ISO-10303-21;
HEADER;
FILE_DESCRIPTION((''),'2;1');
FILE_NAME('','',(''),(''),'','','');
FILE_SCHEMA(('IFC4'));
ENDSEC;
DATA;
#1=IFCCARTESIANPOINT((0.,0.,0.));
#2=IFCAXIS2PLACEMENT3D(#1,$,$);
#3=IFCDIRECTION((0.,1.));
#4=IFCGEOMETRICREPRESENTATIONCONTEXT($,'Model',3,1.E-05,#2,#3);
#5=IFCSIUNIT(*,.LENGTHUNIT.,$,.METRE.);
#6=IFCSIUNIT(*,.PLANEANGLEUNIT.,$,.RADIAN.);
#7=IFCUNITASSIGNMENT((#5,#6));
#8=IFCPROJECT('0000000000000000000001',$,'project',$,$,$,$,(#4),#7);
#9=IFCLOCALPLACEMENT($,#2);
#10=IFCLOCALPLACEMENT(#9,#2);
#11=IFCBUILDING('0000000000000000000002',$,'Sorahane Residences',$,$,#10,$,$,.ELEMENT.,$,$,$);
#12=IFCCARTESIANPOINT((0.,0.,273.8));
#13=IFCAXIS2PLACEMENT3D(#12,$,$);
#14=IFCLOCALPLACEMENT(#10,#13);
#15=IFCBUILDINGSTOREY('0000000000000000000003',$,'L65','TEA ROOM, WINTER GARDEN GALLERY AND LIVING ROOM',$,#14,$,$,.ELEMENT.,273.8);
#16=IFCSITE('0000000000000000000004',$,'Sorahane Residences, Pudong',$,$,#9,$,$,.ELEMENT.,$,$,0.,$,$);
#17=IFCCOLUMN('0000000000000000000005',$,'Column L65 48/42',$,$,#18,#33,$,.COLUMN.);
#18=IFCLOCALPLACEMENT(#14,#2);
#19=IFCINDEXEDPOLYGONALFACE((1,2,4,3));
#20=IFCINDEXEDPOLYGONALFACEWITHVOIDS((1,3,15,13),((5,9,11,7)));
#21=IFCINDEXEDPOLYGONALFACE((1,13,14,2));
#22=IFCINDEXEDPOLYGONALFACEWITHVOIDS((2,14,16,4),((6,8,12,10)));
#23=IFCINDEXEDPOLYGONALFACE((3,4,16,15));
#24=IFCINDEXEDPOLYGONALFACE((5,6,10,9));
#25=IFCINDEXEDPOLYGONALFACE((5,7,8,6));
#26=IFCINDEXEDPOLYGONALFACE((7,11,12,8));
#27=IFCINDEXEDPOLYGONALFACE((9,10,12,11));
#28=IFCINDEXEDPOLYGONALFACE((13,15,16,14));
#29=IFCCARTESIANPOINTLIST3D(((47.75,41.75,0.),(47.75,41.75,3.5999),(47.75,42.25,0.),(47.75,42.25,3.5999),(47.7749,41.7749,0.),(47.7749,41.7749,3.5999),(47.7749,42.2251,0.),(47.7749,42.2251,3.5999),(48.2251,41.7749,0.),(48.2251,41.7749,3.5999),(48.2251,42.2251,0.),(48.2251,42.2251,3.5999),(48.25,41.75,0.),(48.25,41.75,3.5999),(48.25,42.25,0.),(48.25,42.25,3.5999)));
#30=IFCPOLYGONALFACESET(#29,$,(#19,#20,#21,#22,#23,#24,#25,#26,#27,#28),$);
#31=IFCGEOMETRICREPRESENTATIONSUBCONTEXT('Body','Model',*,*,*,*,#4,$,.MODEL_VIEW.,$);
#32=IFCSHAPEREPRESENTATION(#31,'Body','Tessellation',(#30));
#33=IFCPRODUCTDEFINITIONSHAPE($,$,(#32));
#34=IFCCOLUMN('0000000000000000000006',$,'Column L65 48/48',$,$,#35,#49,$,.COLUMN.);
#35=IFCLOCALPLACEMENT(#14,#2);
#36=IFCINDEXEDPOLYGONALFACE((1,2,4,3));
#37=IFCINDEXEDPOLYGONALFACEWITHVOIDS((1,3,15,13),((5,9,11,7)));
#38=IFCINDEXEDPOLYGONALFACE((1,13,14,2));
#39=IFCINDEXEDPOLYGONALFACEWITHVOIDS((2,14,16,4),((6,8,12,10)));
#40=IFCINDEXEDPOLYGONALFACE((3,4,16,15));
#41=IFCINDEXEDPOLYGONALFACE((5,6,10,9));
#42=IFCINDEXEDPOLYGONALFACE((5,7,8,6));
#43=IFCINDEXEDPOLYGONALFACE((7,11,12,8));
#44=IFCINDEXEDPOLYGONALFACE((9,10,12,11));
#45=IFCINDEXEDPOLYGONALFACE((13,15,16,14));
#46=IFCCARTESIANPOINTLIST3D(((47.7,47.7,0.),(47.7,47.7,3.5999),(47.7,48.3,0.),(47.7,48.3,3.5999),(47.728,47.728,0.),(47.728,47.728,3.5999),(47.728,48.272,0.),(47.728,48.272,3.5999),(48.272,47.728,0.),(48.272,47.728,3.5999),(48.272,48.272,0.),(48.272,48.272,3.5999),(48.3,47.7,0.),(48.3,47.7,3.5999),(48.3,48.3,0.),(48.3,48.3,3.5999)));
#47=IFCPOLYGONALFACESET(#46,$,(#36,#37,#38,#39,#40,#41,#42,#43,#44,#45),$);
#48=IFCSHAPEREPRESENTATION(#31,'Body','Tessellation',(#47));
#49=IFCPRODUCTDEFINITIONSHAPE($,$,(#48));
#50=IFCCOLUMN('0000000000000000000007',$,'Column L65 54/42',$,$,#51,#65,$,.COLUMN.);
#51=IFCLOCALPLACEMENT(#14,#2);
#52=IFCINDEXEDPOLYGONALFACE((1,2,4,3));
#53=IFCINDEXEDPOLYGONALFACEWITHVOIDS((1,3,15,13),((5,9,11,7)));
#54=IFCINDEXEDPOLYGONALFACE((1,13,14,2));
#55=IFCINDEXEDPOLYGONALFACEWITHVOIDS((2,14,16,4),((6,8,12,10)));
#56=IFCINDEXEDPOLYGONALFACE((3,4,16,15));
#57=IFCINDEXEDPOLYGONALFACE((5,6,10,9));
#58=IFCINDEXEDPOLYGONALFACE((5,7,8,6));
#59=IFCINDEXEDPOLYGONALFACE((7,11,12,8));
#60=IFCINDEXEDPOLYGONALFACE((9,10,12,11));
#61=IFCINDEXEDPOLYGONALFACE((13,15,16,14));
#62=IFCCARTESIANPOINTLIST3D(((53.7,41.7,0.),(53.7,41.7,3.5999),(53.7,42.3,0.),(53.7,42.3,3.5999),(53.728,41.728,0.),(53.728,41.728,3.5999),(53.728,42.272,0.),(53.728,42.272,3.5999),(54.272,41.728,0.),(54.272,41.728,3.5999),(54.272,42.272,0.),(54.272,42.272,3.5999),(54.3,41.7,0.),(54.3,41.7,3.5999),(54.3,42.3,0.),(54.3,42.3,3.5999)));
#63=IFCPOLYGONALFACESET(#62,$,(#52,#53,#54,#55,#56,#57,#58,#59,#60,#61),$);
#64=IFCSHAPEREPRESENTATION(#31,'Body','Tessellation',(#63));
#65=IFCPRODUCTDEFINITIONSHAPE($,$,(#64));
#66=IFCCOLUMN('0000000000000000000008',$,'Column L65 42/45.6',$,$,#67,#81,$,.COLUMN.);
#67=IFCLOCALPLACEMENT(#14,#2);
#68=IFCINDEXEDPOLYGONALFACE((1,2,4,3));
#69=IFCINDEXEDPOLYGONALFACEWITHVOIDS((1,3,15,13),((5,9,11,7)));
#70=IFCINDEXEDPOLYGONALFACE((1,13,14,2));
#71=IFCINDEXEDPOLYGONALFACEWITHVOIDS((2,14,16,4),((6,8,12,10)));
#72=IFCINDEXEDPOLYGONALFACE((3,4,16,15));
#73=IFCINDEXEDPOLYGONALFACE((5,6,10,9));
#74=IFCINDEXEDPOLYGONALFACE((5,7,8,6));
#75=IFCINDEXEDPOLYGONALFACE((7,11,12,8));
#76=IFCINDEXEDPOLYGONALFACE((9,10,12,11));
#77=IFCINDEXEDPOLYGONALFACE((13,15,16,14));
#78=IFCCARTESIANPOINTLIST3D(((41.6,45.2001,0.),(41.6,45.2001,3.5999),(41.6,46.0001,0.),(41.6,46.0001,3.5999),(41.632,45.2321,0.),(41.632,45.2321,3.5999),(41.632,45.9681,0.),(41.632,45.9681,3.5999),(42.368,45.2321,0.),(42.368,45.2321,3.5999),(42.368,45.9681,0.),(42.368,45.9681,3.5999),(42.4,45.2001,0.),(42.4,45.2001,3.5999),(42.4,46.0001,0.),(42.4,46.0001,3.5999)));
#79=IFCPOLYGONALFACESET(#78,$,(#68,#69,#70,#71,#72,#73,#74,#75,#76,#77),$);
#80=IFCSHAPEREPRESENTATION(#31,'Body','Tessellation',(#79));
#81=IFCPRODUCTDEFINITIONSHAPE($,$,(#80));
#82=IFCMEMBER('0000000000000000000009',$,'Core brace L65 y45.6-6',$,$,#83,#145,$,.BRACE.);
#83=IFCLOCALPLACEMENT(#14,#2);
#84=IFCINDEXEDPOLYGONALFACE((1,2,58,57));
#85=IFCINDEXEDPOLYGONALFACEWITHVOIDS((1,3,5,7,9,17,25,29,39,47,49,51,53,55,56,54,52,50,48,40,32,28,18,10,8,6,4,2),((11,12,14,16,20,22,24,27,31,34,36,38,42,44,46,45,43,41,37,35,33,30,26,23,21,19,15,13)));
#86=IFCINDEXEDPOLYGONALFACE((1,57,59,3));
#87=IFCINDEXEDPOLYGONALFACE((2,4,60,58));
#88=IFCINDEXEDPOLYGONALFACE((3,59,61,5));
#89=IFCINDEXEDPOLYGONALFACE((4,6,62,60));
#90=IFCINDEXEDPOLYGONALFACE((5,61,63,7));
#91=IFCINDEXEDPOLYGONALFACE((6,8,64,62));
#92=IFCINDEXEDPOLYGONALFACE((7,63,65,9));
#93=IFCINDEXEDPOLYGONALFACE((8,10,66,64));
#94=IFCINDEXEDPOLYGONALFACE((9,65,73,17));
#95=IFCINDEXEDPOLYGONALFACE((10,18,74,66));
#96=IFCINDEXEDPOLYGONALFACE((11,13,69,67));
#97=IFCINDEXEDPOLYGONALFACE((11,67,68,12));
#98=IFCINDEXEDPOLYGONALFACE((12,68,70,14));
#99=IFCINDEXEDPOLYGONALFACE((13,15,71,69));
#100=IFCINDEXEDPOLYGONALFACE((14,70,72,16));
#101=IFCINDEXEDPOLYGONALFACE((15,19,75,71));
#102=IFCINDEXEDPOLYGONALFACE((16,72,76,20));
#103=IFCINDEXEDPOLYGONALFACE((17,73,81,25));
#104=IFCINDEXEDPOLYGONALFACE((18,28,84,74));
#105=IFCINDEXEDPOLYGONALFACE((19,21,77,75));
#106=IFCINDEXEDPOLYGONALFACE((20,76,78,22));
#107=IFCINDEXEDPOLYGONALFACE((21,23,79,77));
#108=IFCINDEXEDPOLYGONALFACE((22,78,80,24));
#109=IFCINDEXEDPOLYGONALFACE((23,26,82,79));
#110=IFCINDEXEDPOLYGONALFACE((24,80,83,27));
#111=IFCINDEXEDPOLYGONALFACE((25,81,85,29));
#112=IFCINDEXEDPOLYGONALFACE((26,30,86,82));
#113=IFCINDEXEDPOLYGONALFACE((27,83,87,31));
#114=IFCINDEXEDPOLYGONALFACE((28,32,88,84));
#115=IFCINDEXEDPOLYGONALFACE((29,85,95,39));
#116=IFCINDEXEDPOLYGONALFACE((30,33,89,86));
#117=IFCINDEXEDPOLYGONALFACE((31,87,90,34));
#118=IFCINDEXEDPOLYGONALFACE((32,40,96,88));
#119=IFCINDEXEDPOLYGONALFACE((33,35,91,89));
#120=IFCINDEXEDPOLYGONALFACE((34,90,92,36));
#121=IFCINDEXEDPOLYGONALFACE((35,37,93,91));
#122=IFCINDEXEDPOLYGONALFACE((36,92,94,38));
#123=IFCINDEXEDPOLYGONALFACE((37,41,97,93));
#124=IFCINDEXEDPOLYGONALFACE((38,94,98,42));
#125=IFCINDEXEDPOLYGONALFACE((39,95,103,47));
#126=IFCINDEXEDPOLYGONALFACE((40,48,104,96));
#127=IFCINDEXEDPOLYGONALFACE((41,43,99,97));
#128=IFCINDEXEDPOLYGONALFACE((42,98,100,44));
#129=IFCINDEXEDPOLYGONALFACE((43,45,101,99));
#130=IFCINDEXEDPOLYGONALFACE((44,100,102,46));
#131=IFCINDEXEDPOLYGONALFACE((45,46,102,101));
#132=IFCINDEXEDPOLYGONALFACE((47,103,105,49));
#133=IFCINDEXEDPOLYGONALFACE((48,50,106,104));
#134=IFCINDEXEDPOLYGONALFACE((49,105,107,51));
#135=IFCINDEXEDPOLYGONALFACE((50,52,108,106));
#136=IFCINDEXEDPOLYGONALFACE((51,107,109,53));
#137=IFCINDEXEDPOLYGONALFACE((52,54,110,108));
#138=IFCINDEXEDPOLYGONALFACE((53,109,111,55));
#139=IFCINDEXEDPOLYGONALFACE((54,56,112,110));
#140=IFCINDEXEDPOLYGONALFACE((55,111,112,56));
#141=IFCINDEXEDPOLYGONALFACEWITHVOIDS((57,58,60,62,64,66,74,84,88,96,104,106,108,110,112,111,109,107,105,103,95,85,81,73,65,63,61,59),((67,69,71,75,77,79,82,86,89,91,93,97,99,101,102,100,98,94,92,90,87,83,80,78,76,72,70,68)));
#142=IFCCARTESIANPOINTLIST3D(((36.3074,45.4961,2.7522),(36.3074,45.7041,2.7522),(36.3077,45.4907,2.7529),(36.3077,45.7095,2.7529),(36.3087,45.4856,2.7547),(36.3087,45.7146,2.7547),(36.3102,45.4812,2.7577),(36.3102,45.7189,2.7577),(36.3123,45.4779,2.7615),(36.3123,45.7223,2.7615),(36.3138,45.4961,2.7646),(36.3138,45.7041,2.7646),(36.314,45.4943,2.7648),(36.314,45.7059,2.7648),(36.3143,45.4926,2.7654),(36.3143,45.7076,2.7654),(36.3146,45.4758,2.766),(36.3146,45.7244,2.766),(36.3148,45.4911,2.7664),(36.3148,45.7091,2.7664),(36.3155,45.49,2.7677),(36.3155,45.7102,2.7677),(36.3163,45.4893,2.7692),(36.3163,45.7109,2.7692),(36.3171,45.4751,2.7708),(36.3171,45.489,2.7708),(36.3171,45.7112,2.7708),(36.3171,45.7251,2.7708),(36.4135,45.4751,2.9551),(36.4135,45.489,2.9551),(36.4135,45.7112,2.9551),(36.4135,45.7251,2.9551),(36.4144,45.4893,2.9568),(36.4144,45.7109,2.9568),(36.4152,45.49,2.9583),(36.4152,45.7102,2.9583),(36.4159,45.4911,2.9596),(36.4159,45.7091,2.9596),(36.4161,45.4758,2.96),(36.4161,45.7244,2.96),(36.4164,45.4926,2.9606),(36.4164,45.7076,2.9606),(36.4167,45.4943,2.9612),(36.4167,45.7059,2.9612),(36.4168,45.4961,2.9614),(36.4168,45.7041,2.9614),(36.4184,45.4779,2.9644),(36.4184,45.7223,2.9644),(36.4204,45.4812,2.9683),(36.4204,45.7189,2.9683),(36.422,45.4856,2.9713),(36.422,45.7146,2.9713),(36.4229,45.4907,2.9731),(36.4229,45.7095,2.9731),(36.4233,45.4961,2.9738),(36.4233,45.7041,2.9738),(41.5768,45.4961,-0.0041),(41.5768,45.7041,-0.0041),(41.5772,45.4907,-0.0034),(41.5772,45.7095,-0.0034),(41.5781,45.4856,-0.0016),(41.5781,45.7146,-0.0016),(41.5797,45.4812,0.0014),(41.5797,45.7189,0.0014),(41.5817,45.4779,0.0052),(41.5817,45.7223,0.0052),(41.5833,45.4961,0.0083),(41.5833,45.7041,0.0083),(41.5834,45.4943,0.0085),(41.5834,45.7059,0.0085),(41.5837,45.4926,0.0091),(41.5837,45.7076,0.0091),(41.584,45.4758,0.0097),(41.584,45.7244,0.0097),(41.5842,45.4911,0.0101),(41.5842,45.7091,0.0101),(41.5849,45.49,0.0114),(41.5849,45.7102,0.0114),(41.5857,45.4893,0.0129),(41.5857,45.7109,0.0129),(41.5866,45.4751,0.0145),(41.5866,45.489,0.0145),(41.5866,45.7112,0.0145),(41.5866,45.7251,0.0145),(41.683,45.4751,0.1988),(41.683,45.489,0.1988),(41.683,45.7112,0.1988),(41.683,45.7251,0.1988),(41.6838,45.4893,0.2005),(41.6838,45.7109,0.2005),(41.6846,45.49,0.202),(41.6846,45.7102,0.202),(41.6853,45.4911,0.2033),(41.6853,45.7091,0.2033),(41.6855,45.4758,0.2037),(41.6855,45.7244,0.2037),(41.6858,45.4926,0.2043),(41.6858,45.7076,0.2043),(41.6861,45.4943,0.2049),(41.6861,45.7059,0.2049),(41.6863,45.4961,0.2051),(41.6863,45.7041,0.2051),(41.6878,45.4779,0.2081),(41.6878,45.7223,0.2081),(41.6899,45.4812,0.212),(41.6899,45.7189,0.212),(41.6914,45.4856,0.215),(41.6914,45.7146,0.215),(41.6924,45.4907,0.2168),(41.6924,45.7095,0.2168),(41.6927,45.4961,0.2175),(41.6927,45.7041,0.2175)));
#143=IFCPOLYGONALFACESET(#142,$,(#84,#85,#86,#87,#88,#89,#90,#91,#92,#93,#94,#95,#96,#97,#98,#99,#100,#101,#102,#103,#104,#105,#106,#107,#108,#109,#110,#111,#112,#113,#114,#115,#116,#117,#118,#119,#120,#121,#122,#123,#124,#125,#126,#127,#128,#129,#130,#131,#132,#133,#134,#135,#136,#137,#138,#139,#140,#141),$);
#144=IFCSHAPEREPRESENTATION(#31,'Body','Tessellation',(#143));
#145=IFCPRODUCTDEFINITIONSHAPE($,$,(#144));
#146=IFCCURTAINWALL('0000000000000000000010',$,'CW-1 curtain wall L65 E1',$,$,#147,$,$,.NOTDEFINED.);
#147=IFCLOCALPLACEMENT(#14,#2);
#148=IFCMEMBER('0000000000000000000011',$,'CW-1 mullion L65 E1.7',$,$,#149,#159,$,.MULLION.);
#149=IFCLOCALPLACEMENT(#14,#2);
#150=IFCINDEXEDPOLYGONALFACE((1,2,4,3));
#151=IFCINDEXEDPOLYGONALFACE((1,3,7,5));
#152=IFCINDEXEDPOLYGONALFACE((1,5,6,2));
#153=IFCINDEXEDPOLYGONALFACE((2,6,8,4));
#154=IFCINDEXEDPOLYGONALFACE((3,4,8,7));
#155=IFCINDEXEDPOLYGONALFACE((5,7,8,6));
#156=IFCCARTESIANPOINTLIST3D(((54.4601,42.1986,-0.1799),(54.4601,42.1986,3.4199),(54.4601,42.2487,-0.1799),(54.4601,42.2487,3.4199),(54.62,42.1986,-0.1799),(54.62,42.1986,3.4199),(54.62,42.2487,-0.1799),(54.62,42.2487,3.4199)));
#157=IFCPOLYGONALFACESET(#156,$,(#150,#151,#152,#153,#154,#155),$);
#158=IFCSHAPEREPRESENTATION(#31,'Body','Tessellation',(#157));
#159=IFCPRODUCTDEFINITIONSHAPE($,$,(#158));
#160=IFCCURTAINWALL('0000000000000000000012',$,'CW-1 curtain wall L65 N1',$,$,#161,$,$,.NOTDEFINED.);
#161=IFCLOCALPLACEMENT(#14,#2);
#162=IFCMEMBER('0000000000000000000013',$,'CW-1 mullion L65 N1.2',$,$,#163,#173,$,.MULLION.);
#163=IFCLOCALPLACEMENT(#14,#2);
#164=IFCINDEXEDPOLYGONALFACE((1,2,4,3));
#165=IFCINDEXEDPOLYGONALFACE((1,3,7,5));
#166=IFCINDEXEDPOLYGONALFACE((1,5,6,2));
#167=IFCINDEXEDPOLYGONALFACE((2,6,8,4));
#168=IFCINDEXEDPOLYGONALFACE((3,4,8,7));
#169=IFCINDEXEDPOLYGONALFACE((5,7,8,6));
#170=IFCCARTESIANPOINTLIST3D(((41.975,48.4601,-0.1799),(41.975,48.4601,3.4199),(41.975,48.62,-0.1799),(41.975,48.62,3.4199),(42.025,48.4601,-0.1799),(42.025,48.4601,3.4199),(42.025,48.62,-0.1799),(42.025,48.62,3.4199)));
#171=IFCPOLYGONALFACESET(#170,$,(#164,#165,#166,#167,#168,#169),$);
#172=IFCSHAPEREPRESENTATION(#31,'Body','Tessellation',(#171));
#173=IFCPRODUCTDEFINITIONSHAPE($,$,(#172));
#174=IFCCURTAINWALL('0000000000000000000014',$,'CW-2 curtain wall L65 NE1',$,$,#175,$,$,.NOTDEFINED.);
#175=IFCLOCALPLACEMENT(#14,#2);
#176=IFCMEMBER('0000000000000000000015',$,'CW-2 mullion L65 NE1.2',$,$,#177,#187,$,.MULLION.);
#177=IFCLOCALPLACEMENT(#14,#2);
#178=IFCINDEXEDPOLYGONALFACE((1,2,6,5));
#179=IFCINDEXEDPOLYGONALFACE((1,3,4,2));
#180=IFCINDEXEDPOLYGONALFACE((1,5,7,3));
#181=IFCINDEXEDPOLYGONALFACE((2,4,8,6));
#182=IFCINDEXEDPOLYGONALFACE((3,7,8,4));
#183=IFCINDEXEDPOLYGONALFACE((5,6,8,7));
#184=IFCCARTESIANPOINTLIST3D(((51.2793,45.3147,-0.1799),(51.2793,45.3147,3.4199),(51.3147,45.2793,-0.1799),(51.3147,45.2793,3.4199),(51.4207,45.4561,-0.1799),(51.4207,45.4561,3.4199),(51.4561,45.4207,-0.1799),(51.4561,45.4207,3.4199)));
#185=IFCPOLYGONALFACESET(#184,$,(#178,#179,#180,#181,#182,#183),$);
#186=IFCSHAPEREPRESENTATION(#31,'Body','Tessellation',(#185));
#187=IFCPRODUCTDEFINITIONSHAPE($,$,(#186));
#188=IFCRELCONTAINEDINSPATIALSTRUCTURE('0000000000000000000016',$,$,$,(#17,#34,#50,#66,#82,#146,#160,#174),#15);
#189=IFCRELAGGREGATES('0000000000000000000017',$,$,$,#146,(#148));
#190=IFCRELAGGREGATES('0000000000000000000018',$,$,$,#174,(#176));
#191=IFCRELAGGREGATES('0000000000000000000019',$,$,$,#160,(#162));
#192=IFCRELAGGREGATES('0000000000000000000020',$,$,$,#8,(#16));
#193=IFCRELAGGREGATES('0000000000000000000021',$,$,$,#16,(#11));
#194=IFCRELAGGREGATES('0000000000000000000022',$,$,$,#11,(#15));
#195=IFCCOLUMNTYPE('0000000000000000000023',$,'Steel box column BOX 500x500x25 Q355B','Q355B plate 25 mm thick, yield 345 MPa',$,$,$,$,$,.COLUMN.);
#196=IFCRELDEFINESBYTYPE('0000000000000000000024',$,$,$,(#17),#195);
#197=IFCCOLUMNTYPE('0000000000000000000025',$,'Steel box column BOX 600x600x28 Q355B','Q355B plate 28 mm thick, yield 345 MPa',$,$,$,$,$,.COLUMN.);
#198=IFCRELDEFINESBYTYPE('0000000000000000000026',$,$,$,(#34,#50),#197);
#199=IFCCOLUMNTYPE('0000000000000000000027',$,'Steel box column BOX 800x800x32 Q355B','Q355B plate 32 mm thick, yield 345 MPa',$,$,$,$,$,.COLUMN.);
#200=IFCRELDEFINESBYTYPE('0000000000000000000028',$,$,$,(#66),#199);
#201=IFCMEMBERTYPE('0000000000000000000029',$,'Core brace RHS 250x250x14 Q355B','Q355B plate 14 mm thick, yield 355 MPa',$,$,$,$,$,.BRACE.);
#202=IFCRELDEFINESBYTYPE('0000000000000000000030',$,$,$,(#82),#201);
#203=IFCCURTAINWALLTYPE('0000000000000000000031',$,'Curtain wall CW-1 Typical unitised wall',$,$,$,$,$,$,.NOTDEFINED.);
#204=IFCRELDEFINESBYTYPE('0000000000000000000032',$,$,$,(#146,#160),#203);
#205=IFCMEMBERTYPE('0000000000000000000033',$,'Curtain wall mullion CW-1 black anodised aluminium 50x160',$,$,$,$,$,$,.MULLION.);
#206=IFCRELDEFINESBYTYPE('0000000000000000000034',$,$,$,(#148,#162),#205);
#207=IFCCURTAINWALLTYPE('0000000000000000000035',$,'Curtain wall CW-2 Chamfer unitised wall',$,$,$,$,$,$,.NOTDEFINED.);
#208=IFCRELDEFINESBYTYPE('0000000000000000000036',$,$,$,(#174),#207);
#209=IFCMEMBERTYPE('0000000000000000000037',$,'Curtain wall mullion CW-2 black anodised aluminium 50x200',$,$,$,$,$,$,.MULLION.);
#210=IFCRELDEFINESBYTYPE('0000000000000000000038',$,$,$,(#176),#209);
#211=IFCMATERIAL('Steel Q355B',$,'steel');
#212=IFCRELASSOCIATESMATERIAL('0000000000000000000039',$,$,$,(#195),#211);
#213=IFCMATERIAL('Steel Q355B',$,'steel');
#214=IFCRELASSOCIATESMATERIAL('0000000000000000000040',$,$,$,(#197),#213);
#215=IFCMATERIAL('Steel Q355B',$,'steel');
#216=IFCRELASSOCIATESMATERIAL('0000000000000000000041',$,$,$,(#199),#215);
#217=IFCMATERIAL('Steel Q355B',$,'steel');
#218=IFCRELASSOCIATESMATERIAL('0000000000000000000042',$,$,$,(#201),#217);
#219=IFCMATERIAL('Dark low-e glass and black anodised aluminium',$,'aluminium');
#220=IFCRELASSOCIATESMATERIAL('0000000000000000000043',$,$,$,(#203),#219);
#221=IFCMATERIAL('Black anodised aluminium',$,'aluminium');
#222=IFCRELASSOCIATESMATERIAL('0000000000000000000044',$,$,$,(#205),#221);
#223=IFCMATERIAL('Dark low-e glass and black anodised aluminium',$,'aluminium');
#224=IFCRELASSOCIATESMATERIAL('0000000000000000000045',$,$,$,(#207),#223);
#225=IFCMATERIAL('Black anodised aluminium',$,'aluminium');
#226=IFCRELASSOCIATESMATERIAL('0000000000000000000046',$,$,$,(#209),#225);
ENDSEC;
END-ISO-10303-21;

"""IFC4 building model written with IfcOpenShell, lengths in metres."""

from ifc_helpers import new_model, si_unit, direction, frame, origin, origin_2d, place, context, subcontext, project, spatial, rectangle, hollow_rectangle, extrude, material, material_profile, profile_set, type_object, element, aggregate, save


model = new_model("IFC4")

# Units and contexts
model_context = context("Model", 3, precision=1e-05, world=origin(), true_north=direction((0.0, 1.0)))
body_context = subcontext(model_context, "Body", "Model", "MODEL_VIEW")
ifc_project = project(units=[si_unit("LENGTHUNIT", "METRE"), si_unit("PLANEANGLEUNIT", "RADIAN")], contexts=[model_context])

# Site, building, storey
site_placement = place(None, origin())
site = spatial("IfcSite", under=ifc_project, at=site_placement, Name="Sorahane Residences, Pudong", CompositionType="ELEMENT", RefElevation=0.0)
building_placement = place(site_placement, origin())
building = spatial("IfcBuilding", under=site, at=building_placement, Name="Sorahane Residences", CompositionType="ELEMENT")
storey_placement = place(building_placement, frame((0.0, 0.0, 273.8)))
storey = spatial("IfcBuildingStorey", under=building, at=storey_placement, Name="L65", Description="TEA ROOM, WINTER GARDEN GALLERY AND LIVING ROOM", CompositionType="ELEMENT", Elevation=273.8)

# Columns
ifc_material_1 = material(Name="Steel Q355B", Category="steel")
ifc_material_profile_1 = material_profile(ifc_material_1, hollow_rectangle(XDim=0.5, YDim=0.5, WallThickness=0.0249, at=origin_2d()), Name="BOX 500x500x25")
ifc_profile_set_1 = profile_set([ifc_material_profile_1], Name="Steel Q355B")
column_type_1 = type_object("IfcColumnType", Name="Steel box column BOX 500x500x25 Q355B", Description="Q355B plate 25 mm thick, yield 345 MPa", PredefinedType="COLUMN", material=ifc_profile_set_1)
column_1_placement = place(storey_placement, frame((48.0, 42.0, 0.0), z_axis=(0.0, 0.0, 1.0), x_axis=(1.0, 0.0, 0.0)))
element("IfcColumn", 1, at=column_1_placement, inside=storey, type_object=column_type_1, Name="Column L65 48/42", PredefinedType="COLUMN", context=body_context, shape_type="SweptSolid", body=[
    extrude(hollow_rectangle(XDim=0.5, YDim=0.5, WallThickness=0.0249, at=origin_2d()), origin(), (0.0, 0.0, 1.0), 3.5999),
])
ifc_material_2 = material(Name="Steel Q355B", Category="steel")
ifc_material_profile_2 = material_profile(ifc_material_2, hollow_rectangle(XDim=0.6001, YDim=0.6001, WallThickness=0.0281, at=origin_2d()), Name="BOX 600x600x28")
ifc_profile_set_2 = profile_set([ifc_material_profile_2], Name="Steel Q355B")
column_type_2 = type_object("IfcColumnType", Name="Steel box column BOX 600x600x28 Q355B", Description="Q355B plate 28 mm thick, yield 345 MPa", PredefinedType="COLUMN", material=ifc_profile_set_2)
for number, where, z_axis, x_axis, name in (
    (2, (48.0, 48.0, 0.0), (0.0, 0.0, 1.0), (1.0, 0.0, 0.0), "Column L65 48/48"),
    (3, (54.0, 42.0, 0.0), (0.0, 0.0, 1.0), (1.0, 0.0, 0.0), "Column L65 54/42"),
):
    element("IfcColumn", number, at=place(storey_placement, frame(where, z_axis=z_axis, x_axis=x_axis)), inside=storey, type_object=column_type_2, Name=name, PredefinedType="COLUMN", context=body_context, shape_type="SweptSolid", body=[
        extrude(hollow_rectangle(XDim=0.6001, YDim=0.6001, WallThickness=0.0281, at=origin_2d()), origin(), (0.0, 0.0, 1.0), 3.5999),
    ])
ifc_material_3 = material(Name="Steel Q355B", Category="steel")
ifc_material_profile_3 = material_profile(ifc_material_3, hollow_rectangle(XDim=0.8, YDim=0.8, WallThickness=0.032, at=origin_2d()), Name="BOX 800x800x32")
ifc_profile_set_3 = profile_set([ifc_material_profile_3], Name="Steel Q355B")
column_type_3 = type_object("IfcColumnType", Name="Steel box column BOX 800x800x32 Q355B", Description="Q355B plate 32 mm thick, yield 345 MPa", PredefinedType="COLUMN", material=ifc_profile_set_3)
column_2_placement = place(storey_placement, frame((42.0, 45.6001, 0.0), z_axis=(0.0, 0.0, 1.0), x_axis=(1.0, 0.0, 0.0)))
element("IfcColumn", 4, at=column_2_placement, inside=storey, type_object=column_type_3, Name="Column L65 42/45.6", PredefinedType="COLUMN", context=body_context, shape_type="SweptSolid", body=[
    extrude(hollow_rectangle(XDim=0.8, YDim=0.8, WallThickness=0.032, at=origin_2d()), origin(), (0.0, 0.0, 1.0), 3.5999),
])

# Member
ifc_material_4 = material(Name="Steel Q355B", Category="steel")
ifc_material_profile_4 = material_profile(ifc_material_4, hollow_rectangle(XDim=0.25, YDim=0.25, WallThickness=0.0139, InnerFilletRadius=0.0071, OuterFilletRadius=0.021, at=origin_2d()), Name="RHS 250x250x14")
ifc_profile_set_4 = profile_set([ifc_material_profile_4], Name="Steel Q355B")
member_type_1 = type_object("IfcMemberType", Name="Core brace RHS 250x250x14 Q355B", Description="Q355B plate 14 mm thick, yield 355 MPa", PredefinedType="BRACE", material=ifc_profile_set_4)
member_1_placement = place(storey_placement, frame((41.6348, 45.6001, 0.1067), z_axis=(-0.8861, 0.0, 0.463495), x_axis=(0.0, -1.0, 0.0)))
element("IfcMember", 5, at=member_1_placement, inside=storey, type_object=member_type_1, Name="Core brace L65 y45.6-6", PredefinedType="BRACE", context=body_context, shape_type="SweptSolid", body=[
    extrude(hollow_rectangle(XDim=0.25, YDim=0.25, WallThickness=0.0139, InnerFilletRadius=0.0071, OuterFilletRadius=0.021, at=origin_2d()), origin(), (0.0, 0.0, 1.0), 5.9468),
])

# Curtain walls, members
ifc_material_5 = material(Name="Dark low-e glass and black anodised aluminium", Category="aluminium")
curtain_wall_type_1 = type_object("IfcCurtainWallType", Name="Curtain wall CW-1 Typical unitised wall", PredefinedType="NOTDEFINED", material=ifc_material_5)
curtain_wall_1_placement = place(storey_placement, origin())
curtain_wall_1 = element("IfcCurtainWall", 6, at=curtain_wall_1_placement, inside=storey, type_object=curtain_wall_type_1, Name="CW-1 curtain wall L65 E1", PredefinedType="NOTDEFINED")
ifc_material_6 = material(Name="Black anodised aluminium", Category="aluminium")
ifc_material_profile_5 = material_profile(ifc_material_6, rectangle(XDim=0.1599, YDim=0.05, at=origin_2d()), Name="Curtain wall mullion CW-1 black anodised aluminium 50x160")
ifc_profile_set_5 = profile_set([ifc_material_profile_5], Name="Black anodised aluminium")
member_type_2 = type_object("IfcMemberType", Name="Curtain wall mullion CW-1 black anodised aluminium 50x160", PredefinedType="MULLION", material=ifc_profile_set_5)
member_2_placement = place(storey_placement, frame((54.54, 42.2236, -0.1799), z_axis=(0.0, 0.0, 1.0), x_axis=(1.0, 0.0, 0.0)))
member_2 = element("IfcMember", 7, at=member_2_placement, type_object=member_type_2, Name="CW-1 mullion L65 E1.7", PredefinedType="MULLION", context=body_context, shape_type="SweptSolid", body=[
    extrude(rectangle(XDim=0.1599, YDim=0.05, at=origin_2d()), origin(), (0.0, 0.0, 1.0), 3.5999),
])
curtain_wall_2_placement = place(storey_placement, origin())
curtain_wall_2 = element("IfcCurtainWall", 8, at=curtain_wall_2_placement, inside=storey, type_object=curtain_wall_type_1, Name="CW-1 curtain wall L65 N1", PredefinedType="NOTDEFINED")
member_3_placement = place(storey_placement, frame((42.0, 48.54, -0.1799), z_axis=(0.0, 0.0, 1.0), x_axis=(0.0, 1.0, 0.0)))
member_3 = element("IfcMember", 9, at=member_3_placement, type_object=member_type_2, Name="CW-1 mullion L65 N1.2", PredefinedType="MULLION", context=body_context, shape_type="SweptSolid", body=[
    extrude(rectangle(XDim=0.1599, YDim=0.05, at=origin_2d()), origin(), (0.0, 0.0, 1.0), 3.5999),
])

# Curtain wall, member
ifc_material_7 = material(Name="Dark low-e glass and black anodised aluminium", Category="aluminium")
curtain_wall_type_2 = type_object("IfcCurtainWallType", Name="Curtain wall CW-2 Chamfer unitised wall", PredefinedType="NOTDEFINED", material=ifc_material_7)
curtain_wall_3_placement = place(storey_placement, origin())
curtain_wall_3 = element("IfcCurtainWall", 10, at=curtain_wall_3_placement, inside=storey, type_object=curtain_wall_type_2, Name="CW-2 curtain wall L65 NE1", PredefinedType="NOTDEFINED")
ifc_material_8 = material(Name="Black anodised aluminium", Category="aluminium")
ifc_material_profile_6 = material_profile(ifc_material_8, rectangle(XDim=0.2, YDim=0.05, at=origin_2d()), Name="Curtain wall mullion CW-2 black anodised aluminium 50x200")
ifc_profile_set_6 = profile_set([ifc_material_profile_6], Name="Black anodised aluminium")
member_type_3 = type_object("IfcMemberType", Name="Curtain wall mullion CW-2 black anodised aluminium 50x200", PredefinedType="MULLION", material=ifc_profile_set_6)
member_4_placement = place(storey_placement, frame((51.3677, 45.3677, -0.1799), z_axis=(0.0, 0.0, 1.0), x_axis=(0.707107, 0.707107, 0.0)))
member_4 = element("IfcMember", 11, at=member_4_placement, type_object=member_type_3, Name="CW-2 mullion L65 NE1.2", PredefinedType="MULLION", context=body_context, shape_type="SweptSolid", body=[
    extrude(rectangle(XDim=0.2, YDim=0.05, at=origin_2d()), origin(), (0.0, 0.0, 1.0), 3.5999),
])

aggregate(curtain_wall_1, [member_2])
aggregate(curtain_wall_3, [member_4])
aggregate(curtain_wall_2, [member_3])

save(model, "model.ifc")
